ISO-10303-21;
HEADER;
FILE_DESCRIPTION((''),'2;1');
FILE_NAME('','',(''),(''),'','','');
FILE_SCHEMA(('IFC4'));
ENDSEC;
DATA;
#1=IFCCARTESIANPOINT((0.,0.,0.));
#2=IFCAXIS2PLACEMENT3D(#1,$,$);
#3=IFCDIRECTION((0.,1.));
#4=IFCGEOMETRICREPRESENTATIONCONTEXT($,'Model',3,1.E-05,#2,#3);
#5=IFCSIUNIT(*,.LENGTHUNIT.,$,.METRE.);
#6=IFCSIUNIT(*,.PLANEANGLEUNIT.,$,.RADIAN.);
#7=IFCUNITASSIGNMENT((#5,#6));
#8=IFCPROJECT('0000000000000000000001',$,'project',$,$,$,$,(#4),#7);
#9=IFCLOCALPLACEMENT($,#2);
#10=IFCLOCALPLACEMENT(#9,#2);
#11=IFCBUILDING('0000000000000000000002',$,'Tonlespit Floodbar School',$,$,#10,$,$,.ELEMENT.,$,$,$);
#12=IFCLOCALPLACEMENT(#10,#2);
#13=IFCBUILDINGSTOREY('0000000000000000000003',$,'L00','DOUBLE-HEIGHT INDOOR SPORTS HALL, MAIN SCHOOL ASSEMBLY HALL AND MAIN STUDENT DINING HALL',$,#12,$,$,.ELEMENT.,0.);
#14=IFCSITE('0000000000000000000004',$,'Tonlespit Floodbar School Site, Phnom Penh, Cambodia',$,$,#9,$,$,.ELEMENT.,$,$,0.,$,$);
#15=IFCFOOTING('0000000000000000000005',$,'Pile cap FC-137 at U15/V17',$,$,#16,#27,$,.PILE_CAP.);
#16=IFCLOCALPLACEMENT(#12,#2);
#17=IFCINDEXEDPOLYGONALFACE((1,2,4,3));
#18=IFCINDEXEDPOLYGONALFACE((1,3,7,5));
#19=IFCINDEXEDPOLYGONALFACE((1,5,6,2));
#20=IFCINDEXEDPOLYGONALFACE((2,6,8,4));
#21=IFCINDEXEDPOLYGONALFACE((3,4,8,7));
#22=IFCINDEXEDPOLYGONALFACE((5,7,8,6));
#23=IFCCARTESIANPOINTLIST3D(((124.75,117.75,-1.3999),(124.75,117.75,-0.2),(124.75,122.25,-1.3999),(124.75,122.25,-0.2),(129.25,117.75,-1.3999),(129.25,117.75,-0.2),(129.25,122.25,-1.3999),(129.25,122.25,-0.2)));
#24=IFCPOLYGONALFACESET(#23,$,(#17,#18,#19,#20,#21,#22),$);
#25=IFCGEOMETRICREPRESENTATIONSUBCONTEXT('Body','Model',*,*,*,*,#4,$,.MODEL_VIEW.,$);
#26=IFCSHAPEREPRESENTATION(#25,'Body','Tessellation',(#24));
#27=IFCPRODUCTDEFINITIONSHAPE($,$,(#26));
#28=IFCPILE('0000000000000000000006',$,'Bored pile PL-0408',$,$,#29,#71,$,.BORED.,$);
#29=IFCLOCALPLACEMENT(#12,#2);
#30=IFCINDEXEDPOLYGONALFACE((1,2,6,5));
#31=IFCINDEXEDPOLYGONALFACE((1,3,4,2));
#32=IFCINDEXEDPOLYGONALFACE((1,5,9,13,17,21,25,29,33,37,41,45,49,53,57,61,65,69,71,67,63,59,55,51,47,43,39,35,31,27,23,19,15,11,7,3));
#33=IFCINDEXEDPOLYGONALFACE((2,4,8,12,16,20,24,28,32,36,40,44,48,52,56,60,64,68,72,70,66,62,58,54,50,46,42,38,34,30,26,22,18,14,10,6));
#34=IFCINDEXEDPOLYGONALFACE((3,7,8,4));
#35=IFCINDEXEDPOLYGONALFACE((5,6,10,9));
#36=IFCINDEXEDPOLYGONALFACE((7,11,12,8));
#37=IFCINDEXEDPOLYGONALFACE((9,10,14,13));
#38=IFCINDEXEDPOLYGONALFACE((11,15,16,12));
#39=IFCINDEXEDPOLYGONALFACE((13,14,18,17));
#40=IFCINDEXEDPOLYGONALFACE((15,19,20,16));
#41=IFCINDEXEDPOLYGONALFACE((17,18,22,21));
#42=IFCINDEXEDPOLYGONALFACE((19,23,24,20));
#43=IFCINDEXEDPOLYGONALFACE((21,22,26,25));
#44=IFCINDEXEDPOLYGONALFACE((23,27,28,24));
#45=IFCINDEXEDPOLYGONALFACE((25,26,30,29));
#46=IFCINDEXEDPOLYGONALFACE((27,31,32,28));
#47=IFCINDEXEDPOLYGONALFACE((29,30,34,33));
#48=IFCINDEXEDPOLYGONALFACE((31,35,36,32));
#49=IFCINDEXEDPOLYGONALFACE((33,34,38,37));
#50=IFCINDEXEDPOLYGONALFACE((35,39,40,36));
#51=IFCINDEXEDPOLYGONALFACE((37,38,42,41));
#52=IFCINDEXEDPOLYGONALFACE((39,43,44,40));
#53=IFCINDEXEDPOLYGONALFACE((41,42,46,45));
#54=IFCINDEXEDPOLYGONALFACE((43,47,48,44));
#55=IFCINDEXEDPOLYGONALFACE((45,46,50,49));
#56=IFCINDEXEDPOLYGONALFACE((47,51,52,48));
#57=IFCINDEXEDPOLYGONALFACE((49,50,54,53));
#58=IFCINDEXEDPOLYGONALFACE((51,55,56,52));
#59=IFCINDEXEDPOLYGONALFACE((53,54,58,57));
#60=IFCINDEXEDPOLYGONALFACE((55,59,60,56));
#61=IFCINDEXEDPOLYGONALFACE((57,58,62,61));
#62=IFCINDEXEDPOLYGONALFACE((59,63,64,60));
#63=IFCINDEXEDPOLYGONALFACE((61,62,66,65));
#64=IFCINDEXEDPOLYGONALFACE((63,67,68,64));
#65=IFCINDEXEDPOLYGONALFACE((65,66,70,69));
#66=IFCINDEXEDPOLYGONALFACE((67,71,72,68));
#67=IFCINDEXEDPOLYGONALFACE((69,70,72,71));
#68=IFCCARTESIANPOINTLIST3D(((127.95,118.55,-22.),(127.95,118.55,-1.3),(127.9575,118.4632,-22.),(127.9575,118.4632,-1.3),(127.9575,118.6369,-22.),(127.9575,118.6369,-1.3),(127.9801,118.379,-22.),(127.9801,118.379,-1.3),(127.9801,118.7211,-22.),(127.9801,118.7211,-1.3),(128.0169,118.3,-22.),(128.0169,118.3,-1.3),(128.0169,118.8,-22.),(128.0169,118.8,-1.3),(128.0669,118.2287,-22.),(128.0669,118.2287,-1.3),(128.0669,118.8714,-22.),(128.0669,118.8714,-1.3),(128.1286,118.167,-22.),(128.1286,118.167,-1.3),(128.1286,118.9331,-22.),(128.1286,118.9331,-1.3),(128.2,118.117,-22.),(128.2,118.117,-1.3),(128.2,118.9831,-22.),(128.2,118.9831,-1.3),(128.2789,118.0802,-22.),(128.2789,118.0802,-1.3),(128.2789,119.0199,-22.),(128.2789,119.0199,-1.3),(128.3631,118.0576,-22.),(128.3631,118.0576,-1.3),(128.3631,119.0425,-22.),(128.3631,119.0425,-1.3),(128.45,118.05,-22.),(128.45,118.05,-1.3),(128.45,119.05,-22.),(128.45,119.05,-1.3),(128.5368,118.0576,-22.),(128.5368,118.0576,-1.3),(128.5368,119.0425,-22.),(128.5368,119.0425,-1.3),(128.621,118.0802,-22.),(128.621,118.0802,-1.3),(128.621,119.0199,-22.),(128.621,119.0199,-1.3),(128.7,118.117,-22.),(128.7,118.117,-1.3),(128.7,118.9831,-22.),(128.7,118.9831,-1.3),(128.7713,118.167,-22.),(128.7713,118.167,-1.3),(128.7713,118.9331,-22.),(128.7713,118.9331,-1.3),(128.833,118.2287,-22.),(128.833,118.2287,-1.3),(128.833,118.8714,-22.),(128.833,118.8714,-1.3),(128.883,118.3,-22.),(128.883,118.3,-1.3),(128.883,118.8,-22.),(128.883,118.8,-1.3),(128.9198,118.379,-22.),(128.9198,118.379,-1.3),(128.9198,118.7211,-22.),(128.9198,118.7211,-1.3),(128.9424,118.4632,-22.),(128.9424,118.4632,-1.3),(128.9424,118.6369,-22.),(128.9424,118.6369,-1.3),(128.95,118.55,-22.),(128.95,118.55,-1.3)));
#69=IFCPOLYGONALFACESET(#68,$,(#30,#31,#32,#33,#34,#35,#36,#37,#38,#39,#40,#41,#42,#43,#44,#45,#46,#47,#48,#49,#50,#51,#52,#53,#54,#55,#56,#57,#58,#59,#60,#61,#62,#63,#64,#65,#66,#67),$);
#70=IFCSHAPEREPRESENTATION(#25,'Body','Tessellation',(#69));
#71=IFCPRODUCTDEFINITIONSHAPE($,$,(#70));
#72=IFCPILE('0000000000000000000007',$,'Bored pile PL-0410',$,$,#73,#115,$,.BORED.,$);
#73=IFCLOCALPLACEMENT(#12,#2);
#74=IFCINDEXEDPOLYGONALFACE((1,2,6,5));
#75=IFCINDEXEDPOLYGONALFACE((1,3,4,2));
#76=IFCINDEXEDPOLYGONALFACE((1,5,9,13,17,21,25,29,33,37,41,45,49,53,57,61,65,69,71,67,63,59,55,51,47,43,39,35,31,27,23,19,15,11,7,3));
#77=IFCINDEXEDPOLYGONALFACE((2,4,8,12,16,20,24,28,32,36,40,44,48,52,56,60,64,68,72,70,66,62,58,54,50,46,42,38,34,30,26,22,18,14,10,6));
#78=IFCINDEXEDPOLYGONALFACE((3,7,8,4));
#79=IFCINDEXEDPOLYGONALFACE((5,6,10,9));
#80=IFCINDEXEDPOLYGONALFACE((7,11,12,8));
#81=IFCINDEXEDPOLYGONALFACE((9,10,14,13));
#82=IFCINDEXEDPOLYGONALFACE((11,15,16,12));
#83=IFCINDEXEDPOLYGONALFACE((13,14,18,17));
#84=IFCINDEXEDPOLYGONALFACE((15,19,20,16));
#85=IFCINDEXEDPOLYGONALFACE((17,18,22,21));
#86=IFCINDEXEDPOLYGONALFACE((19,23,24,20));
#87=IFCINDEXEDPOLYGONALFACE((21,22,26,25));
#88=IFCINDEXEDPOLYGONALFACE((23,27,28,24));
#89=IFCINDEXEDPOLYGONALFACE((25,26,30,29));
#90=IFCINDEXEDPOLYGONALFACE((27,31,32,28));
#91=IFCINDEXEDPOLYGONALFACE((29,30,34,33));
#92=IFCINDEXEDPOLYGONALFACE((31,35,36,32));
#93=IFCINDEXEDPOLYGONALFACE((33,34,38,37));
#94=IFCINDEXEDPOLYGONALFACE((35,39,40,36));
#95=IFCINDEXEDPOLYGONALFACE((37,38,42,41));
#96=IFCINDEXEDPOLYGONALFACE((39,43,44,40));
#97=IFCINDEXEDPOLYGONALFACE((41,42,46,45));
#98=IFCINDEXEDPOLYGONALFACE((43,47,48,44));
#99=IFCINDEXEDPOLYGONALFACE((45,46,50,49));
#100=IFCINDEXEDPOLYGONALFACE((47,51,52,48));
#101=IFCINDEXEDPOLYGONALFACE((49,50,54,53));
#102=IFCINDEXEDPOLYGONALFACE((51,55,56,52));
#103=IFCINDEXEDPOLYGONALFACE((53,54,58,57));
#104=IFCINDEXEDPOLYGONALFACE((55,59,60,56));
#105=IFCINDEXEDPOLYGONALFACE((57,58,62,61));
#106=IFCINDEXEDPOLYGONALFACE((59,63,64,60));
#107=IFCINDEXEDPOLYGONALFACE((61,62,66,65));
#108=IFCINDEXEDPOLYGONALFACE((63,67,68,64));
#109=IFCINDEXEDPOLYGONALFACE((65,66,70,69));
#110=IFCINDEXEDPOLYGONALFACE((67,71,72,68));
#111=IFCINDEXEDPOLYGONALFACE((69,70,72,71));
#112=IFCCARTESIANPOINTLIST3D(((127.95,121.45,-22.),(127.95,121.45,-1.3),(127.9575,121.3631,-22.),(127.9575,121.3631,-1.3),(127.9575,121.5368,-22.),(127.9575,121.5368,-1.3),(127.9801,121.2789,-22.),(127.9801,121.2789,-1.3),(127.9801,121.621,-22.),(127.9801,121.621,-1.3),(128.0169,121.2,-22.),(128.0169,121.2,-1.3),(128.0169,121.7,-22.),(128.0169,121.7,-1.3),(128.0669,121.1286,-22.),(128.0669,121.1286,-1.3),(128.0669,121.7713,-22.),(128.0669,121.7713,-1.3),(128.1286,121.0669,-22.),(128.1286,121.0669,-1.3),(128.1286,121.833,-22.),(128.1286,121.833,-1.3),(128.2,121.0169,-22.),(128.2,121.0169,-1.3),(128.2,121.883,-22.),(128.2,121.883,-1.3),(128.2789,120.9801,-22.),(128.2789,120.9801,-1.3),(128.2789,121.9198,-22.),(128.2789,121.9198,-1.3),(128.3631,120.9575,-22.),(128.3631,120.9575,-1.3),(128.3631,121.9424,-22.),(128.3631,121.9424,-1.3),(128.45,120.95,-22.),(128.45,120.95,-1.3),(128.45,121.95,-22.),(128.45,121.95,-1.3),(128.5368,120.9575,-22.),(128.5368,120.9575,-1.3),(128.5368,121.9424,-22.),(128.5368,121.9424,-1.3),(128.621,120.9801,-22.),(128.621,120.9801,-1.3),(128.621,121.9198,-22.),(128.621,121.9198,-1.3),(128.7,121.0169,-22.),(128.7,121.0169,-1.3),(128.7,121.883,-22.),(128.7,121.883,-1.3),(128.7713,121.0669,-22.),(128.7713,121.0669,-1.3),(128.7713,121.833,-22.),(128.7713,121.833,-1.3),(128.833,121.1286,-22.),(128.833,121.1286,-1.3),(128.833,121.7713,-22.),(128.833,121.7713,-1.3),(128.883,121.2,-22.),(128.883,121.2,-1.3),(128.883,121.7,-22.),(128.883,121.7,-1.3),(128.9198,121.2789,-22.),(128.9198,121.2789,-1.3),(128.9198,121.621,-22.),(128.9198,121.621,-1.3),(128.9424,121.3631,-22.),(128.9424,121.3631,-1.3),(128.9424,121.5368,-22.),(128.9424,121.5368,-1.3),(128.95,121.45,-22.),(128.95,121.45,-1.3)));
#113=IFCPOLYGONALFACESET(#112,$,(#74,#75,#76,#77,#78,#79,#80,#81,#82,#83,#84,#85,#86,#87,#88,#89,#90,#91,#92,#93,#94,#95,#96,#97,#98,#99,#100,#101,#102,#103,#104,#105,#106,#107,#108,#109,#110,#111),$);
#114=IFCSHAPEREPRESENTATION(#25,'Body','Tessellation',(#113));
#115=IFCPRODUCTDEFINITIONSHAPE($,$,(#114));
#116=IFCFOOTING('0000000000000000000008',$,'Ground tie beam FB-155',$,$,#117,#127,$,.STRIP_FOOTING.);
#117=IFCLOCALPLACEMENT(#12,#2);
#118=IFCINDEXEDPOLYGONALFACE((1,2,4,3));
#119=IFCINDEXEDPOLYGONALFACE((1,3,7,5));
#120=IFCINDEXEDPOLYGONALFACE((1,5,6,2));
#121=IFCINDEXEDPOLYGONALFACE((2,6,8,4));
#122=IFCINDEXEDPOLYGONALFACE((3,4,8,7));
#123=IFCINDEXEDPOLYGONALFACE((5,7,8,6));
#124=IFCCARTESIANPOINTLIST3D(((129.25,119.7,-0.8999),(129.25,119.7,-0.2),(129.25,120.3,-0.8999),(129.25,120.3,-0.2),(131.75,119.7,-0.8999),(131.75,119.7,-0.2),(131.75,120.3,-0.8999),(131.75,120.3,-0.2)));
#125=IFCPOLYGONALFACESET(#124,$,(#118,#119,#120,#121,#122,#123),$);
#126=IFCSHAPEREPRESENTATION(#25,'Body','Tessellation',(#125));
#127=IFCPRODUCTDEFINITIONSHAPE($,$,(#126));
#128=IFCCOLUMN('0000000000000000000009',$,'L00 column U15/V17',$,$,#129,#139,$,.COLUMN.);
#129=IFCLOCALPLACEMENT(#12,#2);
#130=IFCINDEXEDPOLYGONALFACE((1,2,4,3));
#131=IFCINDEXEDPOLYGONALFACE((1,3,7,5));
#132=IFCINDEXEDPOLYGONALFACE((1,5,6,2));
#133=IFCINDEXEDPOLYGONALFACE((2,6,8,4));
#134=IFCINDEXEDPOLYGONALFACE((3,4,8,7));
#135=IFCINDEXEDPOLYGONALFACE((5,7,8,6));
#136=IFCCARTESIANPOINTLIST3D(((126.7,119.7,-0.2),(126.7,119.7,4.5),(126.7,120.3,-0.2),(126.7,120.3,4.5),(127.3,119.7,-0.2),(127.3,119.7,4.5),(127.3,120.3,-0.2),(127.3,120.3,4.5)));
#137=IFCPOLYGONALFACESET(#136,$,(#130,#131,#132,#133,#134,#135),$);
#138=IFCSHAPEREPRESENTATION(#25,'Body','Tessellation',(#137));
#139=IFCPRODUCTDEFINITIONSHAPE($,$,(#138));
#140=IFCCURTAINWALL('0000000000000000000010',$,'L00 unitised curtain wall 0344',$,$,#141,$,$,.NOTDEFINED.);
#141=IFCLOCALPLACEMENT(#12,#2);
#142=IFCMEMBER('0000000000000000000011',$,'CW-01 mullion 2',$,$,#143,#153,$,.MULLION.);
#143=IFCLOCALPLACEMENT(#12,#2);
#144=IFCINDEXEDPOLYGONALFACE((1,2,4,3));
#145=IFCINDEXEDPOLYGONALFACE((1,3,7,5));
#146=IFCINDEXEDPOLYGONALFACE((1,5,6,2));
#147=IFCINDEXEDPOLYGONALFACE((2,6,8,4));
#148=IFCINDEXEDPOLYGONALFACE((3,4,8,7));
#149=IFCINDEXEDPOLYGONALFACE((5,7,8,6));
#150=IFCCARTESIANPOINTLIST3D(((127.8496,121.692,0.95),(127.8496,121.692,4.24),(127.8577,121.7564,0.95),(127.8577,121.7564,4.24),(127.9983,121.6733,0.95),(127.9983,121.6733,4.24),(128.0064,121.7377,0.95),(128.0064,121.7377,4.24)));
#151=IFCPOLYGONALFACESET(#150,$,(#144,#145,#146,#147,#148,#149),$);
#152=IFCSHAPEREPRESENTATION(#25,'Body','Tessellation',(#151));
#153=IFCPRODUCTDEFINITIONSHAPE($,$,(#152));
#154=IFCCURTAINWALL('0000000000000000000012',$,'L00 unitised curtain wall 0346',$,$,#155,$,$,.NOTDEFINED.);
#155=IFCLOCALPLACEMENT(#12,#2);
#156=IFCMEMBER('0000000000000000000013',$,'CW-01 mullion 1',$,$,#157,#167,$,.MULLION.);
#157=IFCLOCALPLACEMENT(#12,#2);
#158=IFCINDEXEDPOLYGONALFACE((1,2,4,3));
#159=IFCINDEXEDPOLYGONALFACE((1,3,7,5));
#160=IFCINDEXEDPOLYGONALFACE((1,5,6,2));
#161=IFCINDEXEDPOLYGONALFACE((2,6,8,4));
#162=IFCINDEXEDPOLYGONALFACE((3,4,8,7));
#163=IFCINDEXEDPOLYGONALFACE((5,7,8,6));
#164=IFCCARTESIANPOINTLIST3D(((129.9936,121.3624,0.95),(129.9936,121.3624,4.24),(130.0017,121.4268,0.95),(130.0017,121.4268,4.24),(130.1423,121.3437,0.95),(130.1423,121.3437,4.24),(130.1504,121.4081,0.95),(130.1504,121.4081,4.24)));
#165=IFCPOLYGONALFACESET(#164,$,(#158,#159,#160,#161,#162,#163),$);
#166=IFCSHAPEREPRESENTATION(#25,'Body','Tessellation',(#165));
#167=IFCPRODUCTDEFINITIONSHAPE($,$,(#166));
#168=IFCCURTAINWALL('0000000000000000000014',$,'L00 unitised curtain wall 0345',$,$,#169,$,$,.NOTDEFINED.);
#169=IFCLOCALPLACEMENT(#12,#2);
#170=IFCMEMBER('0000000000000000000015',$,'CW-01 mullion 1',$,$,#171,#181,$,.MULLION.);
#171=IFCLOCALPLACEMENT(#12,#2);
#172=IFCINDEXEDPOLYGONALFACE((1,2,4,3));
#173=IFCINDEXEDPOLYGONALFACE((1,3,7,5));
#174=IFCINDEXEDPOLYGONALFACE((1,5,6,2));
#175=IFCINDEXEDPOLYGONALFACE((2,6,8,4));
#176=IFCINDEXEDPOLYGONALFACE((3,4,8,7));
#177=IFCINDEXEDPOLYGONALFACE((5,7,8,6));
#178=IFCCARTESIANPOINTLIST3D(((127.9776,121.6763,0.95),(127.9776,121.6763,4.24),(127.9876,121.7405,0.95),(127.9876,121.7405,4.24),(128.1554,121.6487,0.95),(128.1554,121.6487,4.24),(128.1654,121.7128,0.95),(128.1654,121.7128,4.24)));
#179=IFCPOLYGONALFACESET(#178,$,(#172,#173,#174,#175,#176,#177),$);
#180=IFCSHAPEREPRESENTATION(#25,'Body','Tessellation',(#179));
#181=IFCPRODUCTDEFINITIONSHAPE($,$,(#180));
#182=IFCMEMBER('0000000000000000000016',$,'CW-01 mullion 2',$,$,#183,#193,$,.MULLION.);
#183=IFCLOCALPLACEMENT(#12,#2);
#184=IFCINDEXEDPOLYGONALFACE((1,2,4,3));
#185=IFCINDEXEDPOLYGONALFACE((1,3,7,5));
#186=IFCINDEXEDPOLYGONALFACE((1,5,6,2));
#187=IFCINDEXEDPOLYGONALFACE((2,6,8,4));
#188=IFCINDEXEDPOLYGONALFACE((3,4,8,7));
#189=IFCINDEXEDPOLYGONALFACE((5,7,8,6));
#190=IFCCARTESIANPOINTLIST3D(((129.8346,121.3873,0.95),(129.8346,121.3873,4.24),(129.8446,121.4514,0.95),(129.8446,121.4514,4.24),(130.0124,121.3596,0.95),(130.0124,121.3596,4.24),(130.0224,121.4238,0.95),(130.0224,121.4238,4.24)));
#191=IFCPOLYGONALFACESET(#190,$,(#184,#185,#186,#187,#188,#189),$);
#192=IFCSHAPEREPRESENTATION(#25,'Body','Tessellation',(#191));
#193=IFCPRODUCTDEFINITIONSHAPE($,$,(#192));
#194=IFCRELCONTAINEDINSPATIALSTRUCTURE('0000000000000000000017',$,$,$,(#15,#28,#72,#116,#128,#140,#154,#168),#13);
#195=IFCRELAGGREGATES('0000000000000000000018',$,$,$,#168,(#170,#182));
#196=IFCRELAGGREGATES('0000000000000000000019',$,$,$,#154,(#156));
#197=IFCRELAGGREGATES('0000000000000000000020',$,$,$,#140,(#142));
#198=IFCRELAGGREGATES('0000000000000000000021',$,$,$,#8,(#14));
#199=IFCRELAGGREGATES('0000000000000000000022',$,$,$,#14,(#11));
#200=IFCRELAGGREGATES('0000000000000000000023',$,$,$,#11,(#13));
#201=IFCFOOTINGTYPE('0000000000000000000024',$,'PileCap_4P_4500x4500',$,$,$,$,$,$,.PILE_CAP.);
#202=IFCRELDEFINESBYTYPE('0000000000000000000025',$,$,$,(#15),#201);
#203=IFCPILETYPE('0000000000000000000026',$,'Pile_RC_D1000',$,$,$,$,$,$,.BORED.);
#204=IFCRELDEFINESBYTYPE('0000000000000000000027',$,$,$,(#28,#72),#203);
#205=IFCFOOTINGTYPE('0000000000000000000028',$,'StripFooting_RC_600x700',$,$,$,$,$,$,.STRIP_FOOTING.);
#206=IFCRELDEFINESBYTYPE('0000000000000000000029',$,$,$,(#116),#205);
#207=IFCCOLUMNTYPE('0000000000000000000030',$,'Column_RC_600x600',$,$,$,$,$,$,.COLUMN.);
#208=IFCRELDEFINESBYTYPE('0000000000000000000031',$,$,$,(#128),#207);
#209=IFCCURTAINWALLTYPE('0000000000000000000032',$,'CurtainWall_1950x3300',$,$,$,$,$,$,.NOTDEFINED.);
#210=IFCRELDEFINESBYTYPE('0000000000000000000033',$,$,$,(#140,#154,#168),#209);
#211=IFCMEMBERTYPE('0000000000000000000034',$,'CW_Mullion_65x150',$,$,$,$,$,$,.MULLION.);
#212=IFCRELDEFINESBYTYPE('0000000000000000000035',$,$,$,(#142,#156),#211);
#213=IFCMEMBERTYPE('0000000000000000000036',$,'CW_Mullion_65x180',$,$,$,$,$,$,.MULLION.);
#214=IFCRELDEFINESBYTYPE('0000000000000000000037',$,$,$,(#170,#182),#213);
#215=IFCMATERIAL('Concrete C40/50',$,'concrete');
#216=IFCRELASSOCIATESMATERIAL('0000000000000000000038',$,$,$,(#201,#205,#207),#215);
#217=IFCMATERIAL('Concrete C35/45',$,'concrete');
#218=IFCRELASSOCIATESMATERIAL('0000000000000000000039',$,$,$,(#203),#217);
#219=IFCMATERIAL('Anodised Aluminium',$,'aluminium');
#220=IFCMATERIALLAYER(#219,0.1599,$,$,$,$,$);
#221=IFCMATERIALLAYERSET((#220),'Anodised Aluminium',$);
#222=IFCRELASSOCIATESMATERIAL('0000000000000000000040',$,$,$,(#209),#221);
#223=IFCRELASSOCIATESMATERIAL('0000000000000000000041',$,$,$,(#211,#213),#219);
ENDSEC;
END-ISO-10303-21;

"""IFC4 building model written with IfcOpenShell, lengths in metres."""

from ifc_helpers import new_model, si_unit, direction, frame, origin, origin_2d, place, context, subcontext, project, spatial, rectangle, circle, extrude, material, layer, layer_set, material_profile, profile_set, type_object, element, aggregate, save


model = new_model("IFC4")

# Units and contexts
model_context = context("Model", 3, precision=1e-05, world=origin(), true_north=direction((0.0, 1.0)))
body_context = subcontext(model_context, "Body", "Model", "MODEL_VIEW")
ifc_project = project(units=[si_unit("LENGTHUNIT", "METRE"), si_unit("PLANEANGLEUNIT", "RADIAN")], contexts=[model_context])

# Site, building, storey
site_placement = place(None, origin())
site = spatial("IfcSite", under=ifc_project, at=site_placement, Name="Tonlespit Floodbar School Site, Phnom Penh, Cambodia", CompositionType="ELEMENT", RefElevation=0.0)
building_placement = place(site_placement, origin())
building = spatial("IfcBuilding", under=site, at=building_placement, Name="Tonlespit Floodbar School", CompositionType="ELEMENT")
storey_placement = place(building_placement, origin())
storey = spatial("IfcBuildingStorey", under=building, at=storey_placement, Name="L00", Description="DOUBLE-HEIGHT INDOOR SPORTS HALL, MAIN SCHOOL ASSEMBLY HALL AND MAIN STUDENT DINING HALL", CompositionType="ELEMENT", Elevation=0.0)

# Footing
ifc_material_1 = material(Name="Concrete C40/50", Category="concrete")
footing_type_1 = type_object("IfcFootingType", Name="PileCap_4P_4500x4500", PredefinedType="PILE_CAP", material=ifc_material_1)
footing_1_placement = place(storey_placement, frame((127.0, 120.0, -1.3999), z_axis=(0.0, 0.0, 1.0), x_axis=(1.0, 0.0, 0.0)))
element("IfcFooting", 1, at=footing_1_placement, inside=storey, type_object=footing_type_1, Name="Pile cap FC-137 at U15/V17", PredefinedType="PILE_CAP", context=body_context, shape_type="SweptSolid", body=[
    extrude(rectangle(XDim=4.5, YDim=4.5, at=origin_2d()), origin(), (0.0, 0.0, 1.0), 1.2),
])

# Piles
ifc_material_2 = material(Name="Concrete C35/45", Category="concrete")
ifc_material_profile_1 = material_profile(ifc_material_2, circle(Radius=0.5, at=origin_2d()), Name="BP D1000")
ifc_profile_set_1 = profile_set([ifc_material_profile_1], Name="Concrete C35/45")
pile_type = type_object("IfcPileType", Name="Pile_RC_D1000", PredefinedType="BORED", material=ifc_profile_set_1)
for number, where, z_axis, x_axis, name in (
    (2, (128.45, 118.55, -1.3), (0.0, 0.0, -1.0), (1.0, 0.0, 0.0), "Bored pile PL-0408"),
    (3, (128.45, 121.45, -1.3), (0.0, 0.0, -1.0), (1.0, 0.0, 0.0), "Bored pile PL-0410"),
):
    element("IfcPile", number, at=place(storey_placement, frame(where, z_axis=z_axis, x_axis=x_axis)), inside=storey, type_object=pile_type, Name=name, PredefinedType="BORED", context=body_context, shape_type="SweptSolid", body=[
        extrude(circle(Radius=0.5, at=origin_2d()), origin(), (0.0, 0.0, 1.0), 20.7),
    ])

# Footing
footing_type_2 = type_object("IfcFootingType", Name="StripFooting_RC_600x700", PredefinedType="STRIP_FOOTING", material=ifc_material_1)
footing_2_placement = place(storey_placement, frame((130.5, 120.0, -0.8999), z_axis=(0.0, 0.0, 1.0), x_axis=(1.0, 0.0, 0.0)))
element("IfcFooting", 4, at=footing_2_placement, inside=storey, type_object=footing_type_2, Name="Ground tie beam FB-155", PredefinedType="STRIP_FOOTING", context=body_context, shape_type="SweptSolid", body=[
    extrude(rectangle(XDim=2.5, YDim=0.6001, at=origin_2d()), origin(), (0.0, 0.0, 1.0), 0.7),
])

# Column
ifc_material_profile_2 = material_profile(ifc_material_1, rectangle(XDim=0.6001, YDim=0.6001, at=origin_2d()), Name="RC 600x600")
ifc_profile_set_2 = profile_set([ifc_material_profile_2], Name="Concrete C40/50")
column_type = type_object("IfcColumnType", Name="Column_RC_600x600", PredefinedType="COLUMN", material=ifc_profile_set_2)
column_placement = place(storey_placement, frame((127.0, 120.0, -0.2), z_axis=(0.0, 0.0, 1.0), x_axis=(1.0, 0.0, 0.0)))
element("IfcColumn", 5, at=column_placement, inside=storey, type_object=column_type, Name="L00 column U15/V17", PredefinedType="COLUMN", context=body_context, shape_type="SweptSolid", body=[
    extrude(rectangle(XDim=0.6001, YDim=0.6001, at=origin_2d()), origin(), (0.0, 0.0, 1.0), 4.7),
])

# Curtain walls, members
ifc_material_3 = material(Name="Anodised Aluminium", Category="aluminium")
ifc_layer_1 = layer(ifc_material_3, 0.1599)
ifc_layer_set_1 = layer_set([ifc_layer_1], Name="Anodised Aluminium")
curtain_wall_type = type_object("IfcCurtainWallType", Name="CurtainWall_1950x3300", PredefinedType="NOTDEFINED", material=ifc_layer_set_1)
curtain_wall_1_placement = place(storey_placement, origin())
curtain_wall_1 = element("IfcCurtainWall", 6, at=curtain_wall_1_placement, inside=storey, type_object=curtain_wall_type, Name="L00 unitised curtain wall 0344", PredefinedType="NOTDEFINED")
ifc_material_profile_3 = material_profile(ifc_material_3, rectangle(XDim=0.0649, YDim=0.1499, at=origin_2d()), Name="ALU M65x150")
ifc_profile_set_3 = profile_set([ifc_material_profile_3], Name="Anodised Aluminium")
member_type_1 = type_object("IfcMemberType", Name="CW_Mullion_65x150", PredefinedType="MULLION", material=ifc_profile_set_3)
member_1_placement = place(storey_placement, frame((127.928, 121.7148, 0.95), z_axis=(0.0, 0.0, 1.0), x_axis=(0.125014, 0.992155, 0.0)))
member_1 = element("IfcMember", 7, at=member_1_placement, type_object=member_type_1, Name="CW-01 mullion 2", PredefinedType="MULLION", context=body_context, shape_type="SweptSolid", body=[
    extrude(rectangle(XDim=0.0649, YDim=0.1499, at=origin_2d()), origin(), (0.0, 0.0, 1.0), 3.29),
])
curtain_wall_2_placement = place(storey_placement, origin())
curtain_wall_2 = element("IfcCurtainWall", 8, at=curtain_wall_2_placement, inside=storey, type_object=curtain_wall_type, Name="L00 unitised curtain wall 0346", PredefinedType="NOTDEFINED")
member_2_placement = place(storey_placement, frame((130.072, 121.3853, 0.95), z_axis=(0.0, 0.0, 1.0), x_axis=(0.125014, 0.992155, 0.0)))
member_2 = element("IfcMember", 9, at=member_2_placement, type_object=member_type_1, Name="CW-01 mullion 1", PredefinedType="MULLION", context=body_context, shape_type="SweptSolid", body=[
    extrude(rectangle(XDim=0.0649, YDim=0.1499, at=origin_2d()), origin(), (0.0, 0.0, 1.0), 3.29),
])

# Curtain wall, members
curtain_wall_3_placement = place(storey_placement, origin())
curtain_wall_3 = element("IfcCurtainWall", 10, at=curtain_wall_3_placement, inside=storey, type_object=curtain_wall_type, Name="L00 unitised curtain wall 0345", PredefinedType="NOTDEFINED")
ifc_material_profile_4 = material_profile(ifc_material_3, rectangle(XDim=0.0649, YDim=0.1799, at=origin_2d()), Name="ALU M65x180")
ifc_profile_set_4 = profile_set([ifc_material_profile_4], Name="Anodised Aluminium")
member_type_2 = type_object("IfcMemberType", Name="CW_Mullion_65x180", PredefinedType="MULLION", material=ifc_profile_set_4)
member_3_placement = place(storey_placement, frame((128.0715, 121.6946, 0.95), z_axis=(0.0, 0.0, 1.0), x_axis=(0.153796, 0.988103, 0.0)))
member_3 = element("IfcMember", 11, at=member_3_placement, type_object=member_type_2, Name="CW-01 mullion 1", PredefinedType="MULLION", context=body_context, shape_type="SweptSolid", body=[
    extrude(rectangle(XDim=0.0649, YDim=0.1799, at=origin_2d()), origin(), (0.0, 0.0, 1.0), 3.29),
])
member_4_placement = place(storey_placement, frame((129.9285, 121.4055, 0.95), z_axis=(0.0, 0.0, 1.0), x_axis=(0.153796, 0.988103, 0.0)))
member_4 = element("IfcMember", 12, at=member_4_placement, type_object=member_type_2, Name="CW-01 mullion 2", PredefinedType="MULLION", context=body_context, shape_type="SweptSolid", body=[
    extrude(rectangle(XDim=0.0649, YDim=0.1799, at=origin_2d()), origin(), (0.0, 0.0, 1.0), 3.29),
])

aggregate(curtain_wall_3, [member_3, member_4])
aggregate(curtain_wall_2, [member_2])
aggregate(curtain_wall_1, [member_1])

save(model, "model.ifc")
